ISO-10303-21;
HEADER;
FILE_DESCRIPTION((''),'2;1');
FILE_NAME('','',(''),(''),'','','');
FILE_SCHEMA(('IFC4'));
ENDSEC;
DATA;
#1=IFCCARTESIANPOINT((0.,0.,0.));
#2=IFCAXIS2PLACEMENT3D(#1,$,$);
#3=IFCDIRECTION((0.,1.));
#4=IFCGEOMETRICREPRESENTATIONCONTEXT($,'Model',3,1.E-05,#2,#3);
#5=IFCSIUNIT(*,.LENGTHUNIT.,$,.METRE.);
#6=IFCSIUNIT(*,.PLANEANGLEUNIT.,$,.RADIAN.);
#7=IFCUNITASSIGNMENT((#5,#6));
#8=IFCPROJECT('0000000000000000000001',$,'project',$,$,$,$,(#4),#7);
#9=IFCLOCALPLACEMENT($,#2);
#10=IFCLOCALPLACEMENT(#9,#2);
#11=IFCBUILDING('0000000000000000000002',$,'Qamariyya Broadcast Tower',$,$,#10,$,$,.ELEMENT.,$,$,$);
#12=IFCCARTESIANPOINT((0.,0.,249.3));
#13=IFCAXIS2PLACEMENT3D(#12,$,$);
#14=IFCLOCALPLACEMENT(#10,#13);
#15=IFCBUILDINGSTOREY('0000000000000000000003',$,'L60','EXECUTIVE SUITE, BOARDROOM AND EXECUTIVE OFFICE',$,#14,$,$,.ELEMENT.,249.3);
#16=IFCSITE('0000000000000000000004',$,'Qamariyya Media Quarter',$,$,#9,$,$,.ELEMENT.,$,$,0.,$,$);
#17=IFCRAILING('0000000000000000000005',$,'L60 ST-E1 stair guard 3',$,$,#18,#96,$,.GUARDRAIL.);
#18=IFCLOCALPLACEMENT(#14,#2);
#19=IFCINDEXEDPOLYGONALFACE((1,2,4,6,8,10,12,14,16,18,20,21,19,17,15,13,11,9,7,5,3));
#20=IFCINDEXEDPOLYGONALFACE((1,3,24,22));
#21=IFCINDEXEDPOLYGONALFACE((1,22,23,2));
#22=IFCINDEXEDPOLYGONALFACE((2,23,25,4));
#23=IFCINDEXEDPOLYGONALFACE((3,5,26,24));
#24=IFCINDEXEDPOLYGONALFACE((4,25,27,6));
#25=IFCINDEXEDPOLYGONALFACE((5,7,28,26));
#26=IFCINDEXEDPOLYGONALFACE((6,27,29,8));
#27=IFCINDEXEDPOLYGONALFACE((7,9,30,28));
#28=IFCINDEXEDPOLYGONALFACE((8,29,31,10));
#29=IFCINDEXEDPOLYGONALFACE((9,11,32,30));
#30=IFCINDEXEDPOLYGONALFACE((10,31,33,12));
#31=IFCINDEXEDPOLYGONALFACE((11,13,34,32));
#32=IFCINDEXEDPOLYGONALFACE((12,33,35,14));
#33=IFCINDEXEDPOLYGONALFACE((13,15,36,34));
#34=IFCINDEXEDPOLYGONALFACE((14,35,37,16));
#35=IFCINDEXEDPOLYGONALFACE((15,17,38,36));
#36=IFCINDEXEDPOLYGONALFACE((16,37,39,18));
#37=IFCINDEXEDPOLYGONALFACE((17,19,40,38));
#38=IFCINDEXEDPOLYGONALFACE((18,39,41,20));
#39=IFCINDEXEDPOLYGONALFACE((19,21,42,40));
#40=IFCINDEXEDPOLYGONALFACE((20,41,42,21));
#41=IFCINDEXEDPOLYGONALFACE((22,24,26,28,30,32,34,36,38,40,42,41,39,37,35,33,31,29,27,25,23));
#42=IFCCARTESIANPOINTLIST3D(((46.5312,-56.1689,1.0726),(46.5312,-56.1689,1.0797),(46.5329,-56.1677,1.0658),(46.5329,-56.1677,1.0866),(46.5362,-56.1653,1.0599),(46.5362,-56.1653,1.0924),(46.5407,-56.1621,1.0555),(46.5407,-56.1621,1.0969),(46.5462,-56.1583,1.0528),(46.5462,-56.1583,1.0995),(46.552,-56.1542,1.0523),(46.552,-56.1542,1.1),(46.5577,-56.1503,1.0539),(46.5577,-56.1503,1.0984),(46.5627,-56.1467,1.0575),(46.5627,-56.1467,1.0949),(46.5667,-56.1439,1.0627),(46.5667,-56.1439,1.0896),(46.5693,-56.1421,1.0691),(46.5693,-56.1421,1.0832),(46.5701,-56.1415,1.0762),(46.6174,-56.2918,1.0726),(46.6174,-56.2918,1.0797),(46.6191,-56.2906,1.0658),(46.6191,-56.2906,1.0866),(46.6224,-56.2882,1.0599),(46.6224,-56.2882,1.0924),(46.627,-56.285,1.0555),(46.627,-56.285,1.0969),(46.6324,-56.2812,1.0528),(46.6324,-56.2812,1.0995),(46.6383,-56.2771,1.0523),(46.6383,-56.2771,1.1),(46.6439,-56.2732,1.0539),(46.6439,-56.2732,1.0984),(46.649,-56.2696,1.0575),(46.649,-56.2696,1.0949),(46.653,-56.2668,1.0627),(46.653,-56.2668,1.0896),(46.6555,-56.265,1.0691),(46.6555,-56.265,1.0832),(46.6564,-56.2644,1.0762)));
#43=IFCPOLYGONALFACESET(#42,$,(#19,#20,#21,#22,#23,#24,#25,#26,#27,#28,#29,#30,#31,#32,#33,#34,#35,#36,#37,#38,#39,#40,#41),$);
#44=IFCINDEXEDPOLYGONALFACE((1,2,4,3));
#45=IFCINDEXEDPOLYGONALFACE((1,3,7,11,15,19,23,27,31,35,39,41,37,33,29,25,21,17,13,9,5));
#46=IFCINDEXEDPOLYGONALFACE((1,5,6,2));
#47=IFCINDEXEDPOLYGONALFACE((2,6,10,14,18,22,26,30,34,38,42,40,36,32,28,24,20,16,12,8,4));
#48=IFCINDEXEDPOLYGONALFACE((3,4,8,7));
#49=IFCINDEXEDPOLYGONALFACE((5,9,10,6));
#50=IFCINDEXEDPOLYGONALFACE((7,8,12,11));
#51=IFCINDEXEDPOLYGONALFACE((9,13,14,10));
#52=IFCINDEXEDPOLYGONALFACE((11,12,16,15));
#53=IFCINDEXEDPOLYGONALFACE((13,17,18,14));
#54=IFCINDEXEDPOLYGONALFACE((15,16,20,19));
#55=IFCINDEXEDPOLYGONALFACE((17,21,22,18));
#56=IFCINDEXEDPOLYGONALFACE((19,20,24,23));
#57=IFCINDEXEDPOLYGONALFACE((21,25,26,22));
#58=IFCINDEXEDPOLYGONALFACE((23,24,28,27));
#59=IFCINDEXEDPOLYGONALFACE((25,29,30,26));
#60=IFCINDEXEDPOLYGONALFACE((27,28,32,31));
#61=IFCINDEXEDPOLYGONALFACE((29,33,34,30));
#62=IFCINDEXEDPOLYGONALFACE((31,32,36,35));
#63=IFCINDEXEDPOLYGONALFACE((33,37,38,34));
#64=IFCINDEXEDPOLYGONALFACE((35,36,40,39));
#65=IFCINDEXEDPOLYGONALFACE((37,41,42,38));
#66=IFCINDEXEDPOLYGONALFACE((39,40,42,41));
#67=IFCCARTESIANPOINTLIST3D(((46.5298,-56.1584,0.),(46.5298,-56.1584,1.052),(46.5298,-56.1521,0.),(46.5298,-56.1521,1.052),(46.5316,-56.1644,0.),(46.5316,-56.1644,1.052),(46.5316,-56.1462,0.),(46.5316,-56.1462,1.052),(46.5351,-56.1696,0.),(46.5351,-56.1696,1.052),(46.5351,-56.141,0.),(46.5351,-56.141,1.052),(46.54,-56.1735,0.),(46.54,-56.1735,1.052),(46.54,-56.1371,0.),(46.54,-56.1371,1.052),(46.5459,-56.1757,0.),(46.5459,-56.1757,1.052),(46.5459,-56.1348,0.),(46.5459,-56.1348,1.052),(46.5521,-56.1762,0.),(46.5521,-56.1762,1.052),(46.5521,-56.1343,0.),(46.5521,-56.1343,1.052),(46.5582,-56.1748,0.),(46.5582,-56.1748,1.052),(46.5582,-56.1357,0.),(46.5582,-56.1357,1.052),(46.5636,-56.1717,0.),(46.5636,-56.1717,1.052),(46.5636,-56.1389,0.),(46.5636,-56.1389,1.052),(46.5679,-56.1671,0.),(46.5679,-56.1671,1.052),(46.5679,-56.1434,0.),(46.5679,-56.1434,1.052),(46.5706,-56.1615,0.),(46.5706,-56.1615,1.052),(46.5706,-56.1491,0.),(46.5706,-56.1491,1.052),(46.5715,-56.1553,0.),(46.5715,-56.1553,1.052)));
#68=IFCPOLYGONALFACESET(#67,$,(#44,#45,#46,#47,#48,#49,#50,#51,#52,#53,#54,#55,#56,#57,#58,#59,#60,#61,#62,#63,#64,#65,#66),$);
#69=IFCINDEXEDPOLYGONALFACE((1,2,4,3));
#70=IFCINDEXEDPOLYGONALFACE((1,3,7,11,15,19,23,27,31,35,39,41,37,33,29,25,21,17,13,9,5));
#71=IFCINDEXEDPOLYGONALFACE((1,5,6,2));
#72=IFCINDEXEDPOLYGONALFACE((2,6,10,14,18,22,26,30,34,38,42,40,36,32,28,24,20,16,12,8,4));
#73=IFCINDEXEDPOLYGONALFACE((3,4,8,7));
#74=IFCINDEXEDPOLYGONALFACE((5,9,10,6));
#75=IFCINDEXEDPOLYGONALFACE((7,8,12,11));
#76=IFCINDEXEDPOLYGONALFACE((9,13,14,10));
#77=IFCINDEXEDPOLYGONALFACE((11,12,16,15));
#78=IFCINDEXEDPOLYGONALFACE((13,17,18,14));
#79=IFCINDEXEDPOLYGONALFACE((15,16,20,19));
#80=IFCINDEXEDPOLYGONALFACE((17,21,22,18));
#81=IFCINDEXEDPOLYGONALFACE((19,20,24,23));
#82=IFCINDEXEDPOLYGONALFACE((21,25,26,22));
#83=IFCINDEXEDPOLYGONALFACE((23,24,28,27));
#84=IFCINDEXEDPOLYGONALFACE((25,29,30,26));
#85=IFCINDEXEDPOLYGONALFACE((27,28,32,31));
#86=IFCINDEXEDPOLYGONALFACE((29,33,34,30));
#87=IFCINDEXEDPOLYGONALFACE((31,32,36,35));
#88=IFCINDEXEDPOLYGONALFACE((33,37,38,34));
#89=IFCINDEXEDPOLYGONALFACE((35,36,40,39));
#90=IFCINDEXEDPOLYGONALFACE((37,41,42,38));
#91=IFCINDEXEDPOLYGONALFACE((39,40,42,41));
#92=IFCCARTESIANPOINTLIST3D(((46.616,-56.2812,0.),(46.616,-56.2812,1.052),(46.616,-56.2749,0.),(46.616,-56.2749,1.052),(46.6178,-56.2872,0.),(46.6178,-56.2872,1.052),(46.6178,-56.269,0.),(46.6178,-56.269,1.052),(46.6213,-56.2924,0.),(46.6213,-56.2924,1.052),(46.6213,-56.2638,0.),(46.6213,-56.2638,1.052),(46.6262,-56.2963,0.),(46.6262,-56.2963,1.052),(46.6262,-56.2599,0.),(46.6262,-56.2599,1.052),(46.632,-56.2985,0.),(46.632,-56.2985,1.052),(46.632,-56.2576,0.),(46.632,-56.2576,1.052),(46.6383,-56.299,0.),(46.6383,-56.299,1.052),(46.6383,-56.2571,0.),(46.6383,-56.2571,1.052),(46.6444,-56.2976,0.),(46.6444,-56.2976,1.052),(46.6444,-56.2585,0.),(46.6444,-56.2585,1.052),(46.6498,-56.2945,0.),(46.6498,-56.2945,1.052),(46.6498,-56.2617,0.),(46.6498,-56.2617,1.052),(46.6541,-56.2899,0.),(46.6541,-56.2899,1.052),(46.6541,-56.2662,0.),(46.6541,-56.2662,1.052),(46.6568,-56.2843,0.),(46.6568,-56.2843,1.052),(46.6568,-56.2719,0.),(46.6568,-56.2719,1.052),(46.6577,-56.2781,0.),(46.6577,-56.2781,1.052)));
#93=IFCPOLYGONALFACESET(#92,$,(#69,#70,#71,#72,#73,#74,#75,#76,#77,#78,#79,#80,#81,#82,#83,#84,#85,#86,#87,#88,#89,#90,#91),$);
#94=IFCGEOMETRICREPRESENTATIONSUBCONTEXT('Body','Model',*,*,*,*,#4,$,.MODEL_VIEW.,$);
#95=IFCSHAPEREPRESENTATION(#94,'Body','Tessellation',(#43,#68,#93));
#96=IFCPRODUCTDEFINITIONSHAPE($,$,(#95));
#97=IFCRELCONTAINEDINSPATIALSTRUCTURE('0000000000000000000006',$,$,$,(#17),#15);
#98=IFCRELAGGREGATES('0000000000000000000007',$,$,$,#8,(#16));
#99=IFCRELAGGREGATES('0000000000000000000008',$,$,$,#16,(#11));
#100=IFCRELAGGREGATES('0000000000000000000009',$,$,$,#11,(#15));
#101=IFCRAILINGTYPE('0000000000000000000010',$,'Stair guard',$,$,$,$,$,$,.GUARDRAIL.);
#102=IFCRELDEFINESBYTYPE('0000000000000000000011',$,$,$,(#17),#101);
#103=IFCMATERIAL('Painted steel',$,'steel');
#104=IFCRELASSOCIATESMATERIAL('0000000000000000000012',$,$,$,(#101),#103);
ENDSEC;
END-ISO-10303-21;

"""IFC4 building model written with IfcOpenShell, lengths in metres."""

from ifc_helpers import new_model, si_unit, direction, frame, origin, origin_2d, place, context, subcontext, project, spatial, circle, extrude, material, type_object, element, save


model = new_model("IFC4")

# Units and contexts
model_context = context("Model", 3, precision=1e-05, world=origin(), true_north=direction((0.0, 1.0)))
body_context = subcontext(model_context, "Body", "Model", "MODEL_VIEW")
ifc_project = project(units=[si_unit("LENGTHUNIT", "METRE"), si_unit("PLANEANGLEUNIT", "RADIAN")], contexts=[model_context])

# Site, building, storey
site_placement = place(None, origin())
site = spatial("IfcSite", under=ifc_project, at=site_placement, Name="Qamariyya Media Quarter", CompositionType="ELEMENT", RefElevation=0.0)
building_placement = place(site_placement, origin())
building = spatial("IfcBuilding", under=site, at=building_placement, Name="Qamariyya Broadcast Tower", CompositionType="ELEMENT")
storey_placement = place(building_placement, frame((0.0, 0.0, 249.3)))
storey = spatial("IfcBuildingStorey", under=building, at=storey_placement, Name="L60", Description="EXECUTIVE SUITE, BOARDROOM AND EXECUTIVE OFFICE", CompositionType="ELEMENT", Elevation=249.3)

# Railing
ifc_material_1 = material(Name="Painted steel", Category="steel")
railing_type_1 = type_object("IfcRailingType", Name="Stair guard", PredefinedType="GUARDRAIL", material=ifc_material_1)
railing_1_placement = place(storey_placement, frame((46.5505, -56.1553, 0.0)))
element("IfcRailing", 1, at=railing_1_placement, inside=storey, type_object=railing_type_1, Name="L60 ST-E1 stair guard 3", PredefinedType="GUARDRAIL", context=body_context, shape_type="SweptSolid", body=[
    extrude(circle(Radius=0.0239, at=origin_2d()), frame((0.0, 0.0, 1.0762), z_axis=(0.574445, -0.818543, 0.0), x_axis=(0.818543, 0.574445, 0.0)), (0.0, 0.0, 1.0), 0.1501),
    extrude(circle(Radius=0.021, at=origin_2d()), origin(), (0.0, 0.0, 1.0), 1.052),
    extrude(circle(Radius=0.021, at=origin_2d()), frame((0.0862, -0.1228, 0.0)), (0.0, 0.0, 1.0), 1.052),
])

save(model, "model.ifc")
